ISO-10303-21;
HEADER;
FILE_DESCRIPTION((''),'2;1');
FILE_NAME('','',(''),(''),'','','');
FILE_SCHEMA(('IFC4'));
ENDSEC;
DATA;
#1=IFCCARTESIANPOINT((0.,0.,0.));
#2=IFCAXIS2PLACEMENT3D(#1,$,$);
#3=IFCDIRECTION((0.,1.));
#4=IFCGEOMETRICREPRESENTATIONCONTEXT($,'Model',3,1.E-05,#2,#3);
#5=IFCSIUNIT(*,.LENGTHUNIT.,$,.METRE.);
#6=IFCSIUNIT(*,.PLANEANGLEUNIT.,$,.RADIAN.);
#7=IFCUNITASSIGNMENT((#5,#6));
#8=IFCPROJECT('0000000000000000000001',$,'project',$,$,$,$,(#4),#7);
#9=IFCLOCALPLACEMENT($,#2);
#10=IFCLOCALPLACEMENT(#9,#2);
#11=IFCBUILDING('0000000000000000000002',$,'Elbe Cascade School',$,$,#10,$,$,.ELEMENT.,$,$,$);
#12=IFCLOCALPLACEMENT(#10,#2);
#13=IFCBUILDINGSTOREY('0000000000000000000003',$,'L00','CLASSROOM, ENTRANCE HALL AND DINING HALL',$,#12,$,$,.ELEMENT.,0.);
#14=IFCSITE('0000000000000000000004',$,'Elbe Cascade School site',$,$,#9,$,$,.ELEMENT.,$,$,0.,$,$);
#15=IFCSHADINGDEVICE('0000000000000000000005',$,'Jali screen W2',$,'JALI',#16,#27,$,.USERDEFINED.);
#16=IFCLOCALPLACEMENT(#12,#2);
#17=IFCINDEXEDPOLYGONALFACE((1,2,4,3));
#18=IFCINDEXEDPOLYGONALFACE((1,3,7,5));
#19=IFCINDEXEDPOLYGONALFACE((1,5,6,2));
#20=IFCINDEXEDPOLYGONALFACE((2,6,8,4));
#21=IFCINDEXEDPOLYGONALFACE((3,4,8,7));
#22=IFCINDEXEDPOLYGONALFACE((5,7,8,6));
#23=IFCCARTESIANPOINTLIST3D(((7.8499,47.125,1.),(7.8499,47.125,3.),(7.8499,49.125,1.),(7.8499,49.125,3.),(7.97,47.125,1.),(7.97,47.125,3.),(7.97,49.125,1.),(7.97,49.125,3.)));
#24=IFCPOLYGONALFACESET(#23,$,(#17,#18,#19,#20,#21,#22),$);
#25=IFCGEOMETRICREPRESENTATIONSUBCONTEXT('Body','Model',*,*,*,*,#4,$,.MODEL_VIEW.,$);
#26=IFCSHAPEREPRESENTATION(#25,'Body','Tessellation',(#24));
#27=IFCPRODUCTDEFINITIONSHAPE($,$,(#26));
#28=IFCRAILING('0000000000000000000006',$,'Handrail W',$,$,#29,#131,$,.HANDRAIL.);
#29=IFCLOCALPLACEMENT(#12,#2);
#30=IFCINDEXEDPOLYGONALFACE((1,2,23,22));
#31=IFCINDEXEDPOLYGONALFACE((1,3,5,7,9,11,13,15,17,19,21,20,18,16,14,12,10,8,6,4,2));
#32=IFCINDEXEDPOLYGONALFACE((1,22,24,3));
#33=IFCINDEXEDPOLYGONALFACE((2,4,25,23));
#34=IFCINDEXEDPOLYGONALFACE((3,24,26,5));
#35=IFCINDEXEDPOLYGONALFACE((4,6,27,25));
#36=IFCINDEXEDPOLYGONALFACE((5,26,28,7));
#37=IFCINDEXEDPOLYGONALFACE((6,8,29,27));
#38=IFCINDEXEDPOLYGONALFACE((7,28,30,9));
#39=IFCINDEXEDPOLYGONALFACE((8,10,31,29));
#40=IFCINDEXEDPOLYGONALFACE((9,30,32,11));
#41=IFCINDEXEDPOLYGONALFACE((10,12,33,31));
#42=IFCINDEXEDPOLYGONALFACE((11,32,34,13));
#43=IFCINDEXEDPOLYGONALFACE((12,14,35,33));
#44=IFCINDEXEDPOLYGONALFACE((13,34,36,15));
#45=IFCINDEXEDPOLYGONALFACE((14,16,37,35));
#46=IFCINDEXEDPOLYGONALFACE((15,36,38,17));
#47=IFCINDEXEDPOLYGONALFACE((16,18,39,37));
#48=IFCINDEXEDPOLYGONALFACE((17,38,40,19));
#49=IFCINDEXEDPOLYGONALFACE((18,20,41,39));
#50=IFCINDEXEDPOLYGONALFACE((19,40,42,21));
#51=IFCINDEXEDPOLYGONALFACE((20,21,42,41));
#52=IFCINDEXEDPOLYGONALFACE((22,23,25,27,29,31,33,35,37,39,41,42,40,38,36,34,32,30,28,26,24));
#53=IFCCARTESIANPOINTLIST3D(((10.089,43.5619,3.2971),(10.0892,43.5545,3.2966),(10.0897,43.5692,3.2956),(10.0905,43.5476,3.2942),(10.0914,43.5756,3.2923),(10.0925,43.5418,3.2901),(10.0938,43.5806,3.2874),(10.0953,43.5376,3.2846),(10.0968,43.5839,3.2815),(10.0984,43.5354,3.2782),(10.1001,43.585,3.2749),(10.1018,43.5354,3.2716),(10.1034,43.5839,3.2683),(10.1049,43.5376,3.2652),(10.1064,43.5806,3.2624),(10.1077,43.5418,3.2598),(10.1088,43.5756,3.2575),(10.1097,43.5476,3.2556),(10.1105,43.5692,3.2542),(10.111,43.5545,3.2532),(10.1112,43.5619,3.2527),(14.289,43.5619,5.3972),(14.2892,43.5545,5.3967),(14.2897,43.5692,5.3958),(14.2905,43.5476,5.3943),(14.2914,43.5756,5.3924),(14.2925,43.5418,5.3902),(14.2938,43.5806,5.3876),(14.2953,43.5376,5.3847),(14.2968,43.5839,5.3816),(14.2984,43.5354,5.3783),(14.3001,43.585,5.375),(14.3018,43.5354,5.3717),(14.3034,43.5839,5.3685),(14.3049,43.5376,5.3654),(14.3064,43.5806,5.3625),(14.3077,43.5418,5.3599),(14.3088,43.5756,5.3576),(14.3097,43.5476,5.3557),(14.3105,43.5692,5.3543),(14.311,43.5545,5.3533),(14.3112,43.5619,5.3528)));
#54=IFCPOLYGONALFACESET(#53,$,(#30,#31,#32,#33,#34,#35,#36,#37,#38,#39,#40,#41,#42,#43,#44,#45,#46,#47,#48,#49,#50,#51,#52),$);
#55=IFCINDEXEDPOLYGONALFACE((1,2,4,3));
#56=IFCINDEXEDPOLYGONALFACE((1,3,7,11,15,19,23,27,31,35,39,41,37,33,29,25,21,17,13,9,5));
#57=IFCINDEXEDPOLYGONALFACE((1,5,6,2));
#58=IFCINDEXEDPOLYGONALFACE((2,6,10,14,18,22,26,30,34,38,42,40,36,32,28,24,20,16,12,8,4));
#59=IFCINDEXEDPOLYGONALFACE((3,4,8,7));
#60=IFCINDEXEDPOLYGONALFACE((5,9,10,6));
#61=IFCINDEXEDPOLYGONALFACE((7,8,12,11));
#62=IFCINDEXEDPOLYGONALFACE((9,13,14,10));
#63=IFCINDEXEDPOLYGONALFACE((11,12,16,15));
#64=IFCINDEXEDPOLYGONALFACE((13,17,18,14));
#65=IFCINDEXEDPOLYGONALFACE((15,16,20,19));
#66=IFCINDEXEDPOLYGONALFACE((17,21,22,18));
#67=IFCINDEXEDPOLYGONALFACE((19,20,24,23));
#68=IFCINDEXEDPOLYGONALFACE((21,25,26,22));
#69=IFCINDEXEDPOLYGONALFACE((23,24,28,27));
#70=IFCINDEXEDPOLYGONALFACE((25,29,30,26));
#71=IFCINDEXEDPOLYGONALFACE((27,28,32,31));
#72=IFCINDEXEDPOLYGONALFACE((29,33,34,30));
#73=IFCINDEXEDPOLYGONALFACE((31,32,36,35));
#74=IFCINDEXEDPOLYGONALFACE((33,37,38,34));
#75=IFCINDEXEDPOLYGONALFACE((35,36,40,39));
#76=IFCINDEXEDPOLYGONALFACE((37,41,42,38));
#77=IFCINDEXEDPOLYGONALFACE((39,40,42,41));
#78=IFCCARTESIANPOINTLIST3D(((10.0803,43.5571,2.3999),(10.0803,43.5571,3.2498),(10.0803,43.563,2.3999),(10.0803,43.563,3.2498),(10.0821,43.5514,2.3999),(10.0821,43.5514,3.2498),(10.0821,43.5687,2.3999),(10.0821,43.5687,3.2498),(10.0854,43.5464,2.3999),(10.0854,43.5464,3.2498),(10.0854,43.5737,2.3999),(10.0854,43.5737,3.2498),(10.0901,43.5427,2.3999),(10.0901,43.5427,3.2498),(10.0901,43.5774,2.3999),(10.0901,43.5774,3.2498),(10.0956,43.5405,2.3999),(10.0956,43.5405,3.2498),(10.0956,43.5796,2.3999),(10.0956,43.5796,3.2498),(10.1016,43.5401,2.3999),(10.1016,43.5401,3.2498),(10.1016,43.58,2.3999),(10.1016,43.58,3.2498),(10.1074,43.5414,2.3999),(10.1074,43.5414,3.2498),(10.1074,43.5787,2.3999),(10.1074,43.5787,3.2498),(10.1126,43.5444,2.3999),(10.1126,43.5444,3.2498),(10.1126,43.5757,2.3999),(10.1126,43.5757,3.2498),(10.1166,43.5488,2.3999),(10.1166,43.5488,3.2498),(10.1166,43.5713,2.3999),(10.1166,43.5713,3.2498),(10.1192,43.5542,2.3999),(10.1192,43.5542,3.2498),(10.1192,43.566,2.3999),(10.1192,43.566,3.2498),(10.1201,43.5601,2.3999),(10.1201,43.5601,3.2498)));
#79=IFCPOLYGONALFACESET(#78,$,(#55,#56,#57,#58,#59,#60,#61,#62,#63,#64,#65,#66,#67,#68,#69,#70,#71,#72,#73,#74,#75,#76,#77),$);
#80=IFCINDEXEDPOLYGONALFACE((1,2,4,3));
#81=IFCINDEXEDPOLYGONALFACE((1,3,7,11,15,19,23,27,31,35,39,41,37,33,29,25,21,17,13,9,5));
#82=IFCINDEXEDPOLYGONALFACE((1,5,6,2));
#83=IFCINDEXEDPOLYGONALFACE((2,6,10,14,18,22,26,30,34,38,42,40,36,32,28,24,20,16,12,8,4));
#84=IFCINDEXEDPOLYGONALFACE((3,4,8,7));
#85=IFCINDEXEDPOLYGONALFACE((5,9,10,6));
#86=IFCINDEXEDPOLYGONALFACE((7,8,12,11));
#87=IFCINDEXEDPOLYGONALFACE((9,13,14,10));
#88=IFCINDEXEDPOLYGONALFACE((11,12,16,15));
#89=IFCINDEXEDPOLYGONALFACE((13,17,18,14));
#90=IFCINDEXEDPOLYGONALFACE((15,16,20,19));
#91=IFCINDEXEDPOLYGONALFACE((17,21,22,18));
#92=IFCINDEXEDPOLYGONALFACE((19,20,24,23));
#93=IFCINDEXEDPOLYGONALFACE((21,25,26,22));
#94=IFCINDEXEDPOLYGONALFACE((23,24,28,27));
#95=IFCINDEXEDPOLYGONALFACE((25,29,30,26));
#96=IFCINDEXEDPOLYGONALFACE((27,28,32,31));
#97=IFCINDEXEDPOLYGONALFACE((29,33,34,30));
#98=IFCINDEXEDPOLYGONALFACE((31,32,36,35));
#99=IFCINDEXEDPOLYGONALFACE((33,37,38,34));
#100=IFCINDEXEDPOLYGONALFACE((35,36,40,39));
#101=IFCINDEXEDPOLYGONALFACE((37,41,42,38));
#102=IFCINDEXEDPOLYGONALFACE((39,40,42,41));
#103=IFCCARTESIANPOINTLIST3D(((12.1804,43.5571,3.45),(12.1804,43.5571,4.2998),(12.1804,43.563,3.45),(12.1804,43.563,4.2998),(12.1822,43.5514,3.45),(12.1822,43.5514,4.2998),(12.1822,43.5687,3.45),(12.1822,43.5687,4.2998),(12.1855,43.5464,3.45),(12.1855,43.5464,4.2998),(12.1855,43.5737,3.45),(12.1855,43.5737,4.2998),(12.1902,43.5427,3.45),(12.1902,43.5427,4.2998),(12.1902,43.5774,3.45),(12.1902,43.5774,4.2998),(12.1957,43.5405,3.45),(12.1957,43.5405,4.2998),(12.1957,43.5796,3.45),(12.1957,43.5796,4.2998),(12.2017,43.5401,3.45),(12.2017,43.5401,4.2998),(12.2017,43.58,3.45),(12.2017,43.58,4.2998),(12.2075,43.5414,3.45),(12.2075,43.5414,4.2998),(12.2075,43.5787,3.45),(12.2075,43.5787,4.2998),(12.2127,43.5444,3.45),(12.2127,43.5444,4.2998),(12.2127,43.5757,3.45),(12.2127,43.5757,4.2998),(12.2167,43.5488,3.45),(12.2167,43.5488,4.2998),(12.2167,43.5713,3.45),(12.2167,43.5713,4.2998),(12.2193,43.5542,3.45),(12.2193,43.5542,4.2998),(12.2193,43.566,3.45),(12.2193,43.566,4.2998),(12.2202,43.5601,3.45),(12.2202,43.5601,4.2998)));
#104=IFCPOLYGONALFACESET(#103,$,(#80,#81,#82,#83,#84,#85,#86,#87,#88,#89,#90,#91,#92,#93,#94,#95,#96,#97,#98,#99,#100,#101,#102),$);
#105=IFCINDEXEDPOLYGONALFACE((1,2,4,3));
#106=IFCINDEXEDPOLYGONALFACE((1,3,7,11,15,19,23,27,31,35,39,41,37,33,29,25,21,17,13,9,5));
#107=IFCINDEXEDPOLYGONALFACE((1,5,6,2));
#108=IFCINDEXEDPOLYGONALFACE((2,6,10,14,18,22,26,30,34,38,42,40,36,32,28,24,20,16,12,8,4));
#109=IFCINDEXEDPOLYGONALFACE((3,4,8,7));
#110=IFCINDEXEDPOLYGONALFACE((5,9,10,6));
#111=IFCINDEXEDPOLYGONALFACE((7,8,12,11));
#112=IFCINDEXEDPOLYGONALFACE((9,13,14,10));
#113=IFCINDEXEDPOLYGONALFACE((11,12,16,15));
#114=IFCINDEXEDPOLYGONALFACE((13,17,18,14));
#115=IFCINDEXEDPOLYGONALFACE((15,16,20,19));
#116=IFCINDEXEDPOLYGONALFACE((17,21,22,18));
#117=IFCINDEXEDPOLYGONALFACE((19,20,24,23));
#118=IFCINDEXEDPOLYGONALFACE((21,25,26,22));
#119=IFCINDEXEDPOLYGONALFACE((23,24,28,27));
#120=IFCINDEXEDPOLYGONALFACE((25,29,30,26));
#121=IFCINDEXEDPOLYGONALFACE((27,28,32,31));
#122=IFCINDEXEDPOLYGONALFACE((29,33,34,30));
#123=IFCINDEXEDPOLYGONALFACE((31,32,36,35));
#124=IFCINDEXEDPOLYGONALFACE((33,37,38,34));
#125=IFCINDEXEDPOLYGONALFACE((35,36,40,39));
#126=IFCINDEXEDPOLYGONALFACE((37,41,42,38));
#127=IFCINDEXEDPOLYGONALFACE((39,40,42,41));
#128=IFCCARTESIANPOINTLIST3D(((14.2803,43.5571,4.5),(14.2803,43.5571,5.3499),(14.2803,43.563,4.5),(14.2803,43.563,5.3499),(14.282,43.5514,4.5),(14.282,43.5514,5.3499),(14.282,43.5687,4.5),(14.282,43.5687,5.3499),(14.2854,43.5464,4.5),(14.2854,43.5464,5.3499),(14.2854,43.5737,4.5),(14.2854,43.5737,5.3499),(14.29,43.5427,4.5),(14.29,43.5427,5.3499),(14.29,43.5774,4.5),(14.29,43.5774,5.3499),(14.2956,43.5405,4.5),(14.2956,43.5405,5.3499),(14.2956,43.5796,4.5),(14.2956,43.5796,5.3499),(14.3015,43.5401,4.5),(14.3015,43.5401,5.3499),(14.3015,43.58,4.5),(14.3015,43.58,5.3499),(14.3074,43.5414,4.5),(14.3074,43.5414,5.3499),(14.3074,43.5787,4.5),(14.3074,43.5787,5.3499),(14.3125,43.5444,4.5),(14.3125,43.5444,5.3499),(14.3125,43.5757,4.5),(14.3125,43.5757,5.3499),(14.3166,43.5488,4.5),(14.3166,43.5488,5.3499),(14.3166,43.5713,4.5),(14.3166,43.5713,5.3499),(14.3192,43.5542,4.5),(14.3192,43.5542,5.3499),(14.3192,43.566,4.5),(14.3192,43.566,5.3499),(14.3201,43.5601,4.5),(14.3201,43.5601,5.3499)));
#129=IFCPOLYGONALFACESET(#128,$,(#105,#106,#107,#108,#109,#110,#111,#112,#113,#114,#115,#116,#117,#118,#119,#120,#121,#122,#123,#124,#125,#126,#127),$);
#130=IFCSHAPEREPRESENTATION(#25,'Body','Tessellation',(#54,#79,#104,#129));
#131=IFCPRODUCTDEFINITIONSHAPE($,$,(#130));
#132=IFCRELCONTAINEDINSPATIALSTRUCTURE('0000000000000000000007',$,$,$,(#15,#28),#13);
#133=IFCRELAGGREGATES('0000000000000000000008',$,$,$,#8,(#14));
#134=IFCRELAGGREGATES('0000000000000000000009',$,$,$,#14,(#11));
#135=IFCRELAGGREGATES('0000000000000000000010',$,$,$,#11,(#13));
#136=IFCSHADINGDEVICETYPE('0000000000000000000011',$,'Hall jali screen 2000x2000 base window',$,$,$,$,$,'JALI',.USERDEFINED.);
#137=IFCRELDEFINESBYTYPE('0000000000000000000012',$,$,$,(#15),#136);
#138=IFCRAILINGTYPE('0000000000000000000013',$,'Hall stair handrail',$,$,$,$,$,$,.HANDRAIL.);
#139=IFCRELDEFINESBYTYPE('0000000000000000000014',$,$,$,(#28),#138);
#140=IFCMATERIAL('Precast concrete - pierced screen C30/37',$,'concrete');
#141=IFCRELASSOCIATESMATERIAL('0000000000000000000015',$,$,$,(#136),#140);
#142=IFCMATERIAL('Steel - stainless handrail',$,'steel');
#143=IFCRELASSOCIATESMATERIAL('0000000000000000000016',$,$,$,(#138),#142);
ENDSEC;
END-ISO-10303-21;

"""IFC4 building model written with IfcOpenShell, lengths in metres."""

from ifc_helpers import new_model, si_unit, direction, frame, origin, origin_2d, place, context, subcontext, project, spatial, rectangle, circle, extrude, material, type_object, element, save


model = new_model("IFC4")

# Units and contexts
model_context = context("Model", 3, precision=1e-05, world=origin(), true_north=direction((0.0, 1.0)))
body_context = subcontext(model_context, "Body", "Model", "MODEL_VIEW")
ifc_project = project(units=[si_unit("LENGTHUNIT", "METRE"), si_unit("PLANEANGLEUNIT", "RADIAN")], contexts=[model_context])

# Site, building, storey
site_placement = place(None, origin())
site = spatial("IfcSite", under=ifc_project, at=site_placement, Name="Elbe Cascade School site", CompositionType="ELEMENT", RefElevation=0.0)
building_placement = place(site_placement, origin())
building = spatial("IfcBuilding", under=site, at=building_placement, Name="Elbe Cascade School", CompositionType="ELEMENT")
storey_placement = place(building_placement, origin())
storey = spatial("IfcBuildingStorey", under=building, at=storey_placement, Name="L00", Description="CLASSROOM, ENTRANCE HALL AND DINING HALL", CompositionType="ELEMENT", Elevation=0.0)

# Shading device
ifc_material_1 = material(Name="Precast concrete - pierced screen C30/37", Category="concrete")
shading_device_type = type_object("IfcShadingDeviceType", Name="Hall jali screen 2000x2000 base window", ElementType="JALI", PredefinedType="USERDEFINED", material=ifc_material_1)
for number, where, z_axis, x_axis, name in (
    (1, (7.9099, 48.125, 1.0), (0.0, 0.0, 1.0), (1.0, 0.0, 0.0), "Jali screen W2"),
):
    element("IfcShadingDevice", number, at=place(storey_placement, frame(where, z_axis=z_axis, x_axis=x_axis)), inside=storey, type_object=shading_device_type, Name=name, ObjectType="JALI", PredefinedType="USERDEFINED", context=body_context, shape_type="SweptSolid", body=[
        extrude(rectangle(XDim=0.1201, YDim=2.0, at=origin_2d()), origin(), (0.0, 0.0, 1.0), 2.0),
    ])

# Railing
ifc_material_2 = material(Name="Steel - stainless handrail", Category="steel")
railing_type = type_object("IfcRailingType", Name="Hall stair handrail", PredefinedType="HANDRAIL", material=ifc_material_2)
for number, where, name in (
    (2, (10.1001, 43.5601, 2.3999), "Handrail W"),
):
    element("IfcRailing", number, at=place(storey_placement, frame(where)), inside=storey, type_object=railing_type, Name=name, PredefinedType="HANDRAIL", context=body_context, shape_type="SweptSolid", body=[
        extrude(circle(Radius=0.0249, at=origin_2d()), frame((0.0, 0.0, 0.875), z_axis=(0.894417, 0.0, 0.447234), x_axis=(0.0, 1.0, 0.0)), (0.0, 0.0, 1.0), 4.6958),
        extrude(circle(Radius=0.02, at=origin_2d()), origin(), (0.0, 0.0, 1.0), 0.8499),
        extrude(circle(Radius=0.02, at=origin_2d()), frame((2.1001, 0.0, 1.05)), (0.0, 0.0, 1.0), 0.8499),
        extrude(circle(Radius=0.02, at=origin_2d()), frame((4.2, 0.0, 2.1001)), (0.0, 0.0, 1.0), 0.8499),
    ])

save(model, "model.ifc")
